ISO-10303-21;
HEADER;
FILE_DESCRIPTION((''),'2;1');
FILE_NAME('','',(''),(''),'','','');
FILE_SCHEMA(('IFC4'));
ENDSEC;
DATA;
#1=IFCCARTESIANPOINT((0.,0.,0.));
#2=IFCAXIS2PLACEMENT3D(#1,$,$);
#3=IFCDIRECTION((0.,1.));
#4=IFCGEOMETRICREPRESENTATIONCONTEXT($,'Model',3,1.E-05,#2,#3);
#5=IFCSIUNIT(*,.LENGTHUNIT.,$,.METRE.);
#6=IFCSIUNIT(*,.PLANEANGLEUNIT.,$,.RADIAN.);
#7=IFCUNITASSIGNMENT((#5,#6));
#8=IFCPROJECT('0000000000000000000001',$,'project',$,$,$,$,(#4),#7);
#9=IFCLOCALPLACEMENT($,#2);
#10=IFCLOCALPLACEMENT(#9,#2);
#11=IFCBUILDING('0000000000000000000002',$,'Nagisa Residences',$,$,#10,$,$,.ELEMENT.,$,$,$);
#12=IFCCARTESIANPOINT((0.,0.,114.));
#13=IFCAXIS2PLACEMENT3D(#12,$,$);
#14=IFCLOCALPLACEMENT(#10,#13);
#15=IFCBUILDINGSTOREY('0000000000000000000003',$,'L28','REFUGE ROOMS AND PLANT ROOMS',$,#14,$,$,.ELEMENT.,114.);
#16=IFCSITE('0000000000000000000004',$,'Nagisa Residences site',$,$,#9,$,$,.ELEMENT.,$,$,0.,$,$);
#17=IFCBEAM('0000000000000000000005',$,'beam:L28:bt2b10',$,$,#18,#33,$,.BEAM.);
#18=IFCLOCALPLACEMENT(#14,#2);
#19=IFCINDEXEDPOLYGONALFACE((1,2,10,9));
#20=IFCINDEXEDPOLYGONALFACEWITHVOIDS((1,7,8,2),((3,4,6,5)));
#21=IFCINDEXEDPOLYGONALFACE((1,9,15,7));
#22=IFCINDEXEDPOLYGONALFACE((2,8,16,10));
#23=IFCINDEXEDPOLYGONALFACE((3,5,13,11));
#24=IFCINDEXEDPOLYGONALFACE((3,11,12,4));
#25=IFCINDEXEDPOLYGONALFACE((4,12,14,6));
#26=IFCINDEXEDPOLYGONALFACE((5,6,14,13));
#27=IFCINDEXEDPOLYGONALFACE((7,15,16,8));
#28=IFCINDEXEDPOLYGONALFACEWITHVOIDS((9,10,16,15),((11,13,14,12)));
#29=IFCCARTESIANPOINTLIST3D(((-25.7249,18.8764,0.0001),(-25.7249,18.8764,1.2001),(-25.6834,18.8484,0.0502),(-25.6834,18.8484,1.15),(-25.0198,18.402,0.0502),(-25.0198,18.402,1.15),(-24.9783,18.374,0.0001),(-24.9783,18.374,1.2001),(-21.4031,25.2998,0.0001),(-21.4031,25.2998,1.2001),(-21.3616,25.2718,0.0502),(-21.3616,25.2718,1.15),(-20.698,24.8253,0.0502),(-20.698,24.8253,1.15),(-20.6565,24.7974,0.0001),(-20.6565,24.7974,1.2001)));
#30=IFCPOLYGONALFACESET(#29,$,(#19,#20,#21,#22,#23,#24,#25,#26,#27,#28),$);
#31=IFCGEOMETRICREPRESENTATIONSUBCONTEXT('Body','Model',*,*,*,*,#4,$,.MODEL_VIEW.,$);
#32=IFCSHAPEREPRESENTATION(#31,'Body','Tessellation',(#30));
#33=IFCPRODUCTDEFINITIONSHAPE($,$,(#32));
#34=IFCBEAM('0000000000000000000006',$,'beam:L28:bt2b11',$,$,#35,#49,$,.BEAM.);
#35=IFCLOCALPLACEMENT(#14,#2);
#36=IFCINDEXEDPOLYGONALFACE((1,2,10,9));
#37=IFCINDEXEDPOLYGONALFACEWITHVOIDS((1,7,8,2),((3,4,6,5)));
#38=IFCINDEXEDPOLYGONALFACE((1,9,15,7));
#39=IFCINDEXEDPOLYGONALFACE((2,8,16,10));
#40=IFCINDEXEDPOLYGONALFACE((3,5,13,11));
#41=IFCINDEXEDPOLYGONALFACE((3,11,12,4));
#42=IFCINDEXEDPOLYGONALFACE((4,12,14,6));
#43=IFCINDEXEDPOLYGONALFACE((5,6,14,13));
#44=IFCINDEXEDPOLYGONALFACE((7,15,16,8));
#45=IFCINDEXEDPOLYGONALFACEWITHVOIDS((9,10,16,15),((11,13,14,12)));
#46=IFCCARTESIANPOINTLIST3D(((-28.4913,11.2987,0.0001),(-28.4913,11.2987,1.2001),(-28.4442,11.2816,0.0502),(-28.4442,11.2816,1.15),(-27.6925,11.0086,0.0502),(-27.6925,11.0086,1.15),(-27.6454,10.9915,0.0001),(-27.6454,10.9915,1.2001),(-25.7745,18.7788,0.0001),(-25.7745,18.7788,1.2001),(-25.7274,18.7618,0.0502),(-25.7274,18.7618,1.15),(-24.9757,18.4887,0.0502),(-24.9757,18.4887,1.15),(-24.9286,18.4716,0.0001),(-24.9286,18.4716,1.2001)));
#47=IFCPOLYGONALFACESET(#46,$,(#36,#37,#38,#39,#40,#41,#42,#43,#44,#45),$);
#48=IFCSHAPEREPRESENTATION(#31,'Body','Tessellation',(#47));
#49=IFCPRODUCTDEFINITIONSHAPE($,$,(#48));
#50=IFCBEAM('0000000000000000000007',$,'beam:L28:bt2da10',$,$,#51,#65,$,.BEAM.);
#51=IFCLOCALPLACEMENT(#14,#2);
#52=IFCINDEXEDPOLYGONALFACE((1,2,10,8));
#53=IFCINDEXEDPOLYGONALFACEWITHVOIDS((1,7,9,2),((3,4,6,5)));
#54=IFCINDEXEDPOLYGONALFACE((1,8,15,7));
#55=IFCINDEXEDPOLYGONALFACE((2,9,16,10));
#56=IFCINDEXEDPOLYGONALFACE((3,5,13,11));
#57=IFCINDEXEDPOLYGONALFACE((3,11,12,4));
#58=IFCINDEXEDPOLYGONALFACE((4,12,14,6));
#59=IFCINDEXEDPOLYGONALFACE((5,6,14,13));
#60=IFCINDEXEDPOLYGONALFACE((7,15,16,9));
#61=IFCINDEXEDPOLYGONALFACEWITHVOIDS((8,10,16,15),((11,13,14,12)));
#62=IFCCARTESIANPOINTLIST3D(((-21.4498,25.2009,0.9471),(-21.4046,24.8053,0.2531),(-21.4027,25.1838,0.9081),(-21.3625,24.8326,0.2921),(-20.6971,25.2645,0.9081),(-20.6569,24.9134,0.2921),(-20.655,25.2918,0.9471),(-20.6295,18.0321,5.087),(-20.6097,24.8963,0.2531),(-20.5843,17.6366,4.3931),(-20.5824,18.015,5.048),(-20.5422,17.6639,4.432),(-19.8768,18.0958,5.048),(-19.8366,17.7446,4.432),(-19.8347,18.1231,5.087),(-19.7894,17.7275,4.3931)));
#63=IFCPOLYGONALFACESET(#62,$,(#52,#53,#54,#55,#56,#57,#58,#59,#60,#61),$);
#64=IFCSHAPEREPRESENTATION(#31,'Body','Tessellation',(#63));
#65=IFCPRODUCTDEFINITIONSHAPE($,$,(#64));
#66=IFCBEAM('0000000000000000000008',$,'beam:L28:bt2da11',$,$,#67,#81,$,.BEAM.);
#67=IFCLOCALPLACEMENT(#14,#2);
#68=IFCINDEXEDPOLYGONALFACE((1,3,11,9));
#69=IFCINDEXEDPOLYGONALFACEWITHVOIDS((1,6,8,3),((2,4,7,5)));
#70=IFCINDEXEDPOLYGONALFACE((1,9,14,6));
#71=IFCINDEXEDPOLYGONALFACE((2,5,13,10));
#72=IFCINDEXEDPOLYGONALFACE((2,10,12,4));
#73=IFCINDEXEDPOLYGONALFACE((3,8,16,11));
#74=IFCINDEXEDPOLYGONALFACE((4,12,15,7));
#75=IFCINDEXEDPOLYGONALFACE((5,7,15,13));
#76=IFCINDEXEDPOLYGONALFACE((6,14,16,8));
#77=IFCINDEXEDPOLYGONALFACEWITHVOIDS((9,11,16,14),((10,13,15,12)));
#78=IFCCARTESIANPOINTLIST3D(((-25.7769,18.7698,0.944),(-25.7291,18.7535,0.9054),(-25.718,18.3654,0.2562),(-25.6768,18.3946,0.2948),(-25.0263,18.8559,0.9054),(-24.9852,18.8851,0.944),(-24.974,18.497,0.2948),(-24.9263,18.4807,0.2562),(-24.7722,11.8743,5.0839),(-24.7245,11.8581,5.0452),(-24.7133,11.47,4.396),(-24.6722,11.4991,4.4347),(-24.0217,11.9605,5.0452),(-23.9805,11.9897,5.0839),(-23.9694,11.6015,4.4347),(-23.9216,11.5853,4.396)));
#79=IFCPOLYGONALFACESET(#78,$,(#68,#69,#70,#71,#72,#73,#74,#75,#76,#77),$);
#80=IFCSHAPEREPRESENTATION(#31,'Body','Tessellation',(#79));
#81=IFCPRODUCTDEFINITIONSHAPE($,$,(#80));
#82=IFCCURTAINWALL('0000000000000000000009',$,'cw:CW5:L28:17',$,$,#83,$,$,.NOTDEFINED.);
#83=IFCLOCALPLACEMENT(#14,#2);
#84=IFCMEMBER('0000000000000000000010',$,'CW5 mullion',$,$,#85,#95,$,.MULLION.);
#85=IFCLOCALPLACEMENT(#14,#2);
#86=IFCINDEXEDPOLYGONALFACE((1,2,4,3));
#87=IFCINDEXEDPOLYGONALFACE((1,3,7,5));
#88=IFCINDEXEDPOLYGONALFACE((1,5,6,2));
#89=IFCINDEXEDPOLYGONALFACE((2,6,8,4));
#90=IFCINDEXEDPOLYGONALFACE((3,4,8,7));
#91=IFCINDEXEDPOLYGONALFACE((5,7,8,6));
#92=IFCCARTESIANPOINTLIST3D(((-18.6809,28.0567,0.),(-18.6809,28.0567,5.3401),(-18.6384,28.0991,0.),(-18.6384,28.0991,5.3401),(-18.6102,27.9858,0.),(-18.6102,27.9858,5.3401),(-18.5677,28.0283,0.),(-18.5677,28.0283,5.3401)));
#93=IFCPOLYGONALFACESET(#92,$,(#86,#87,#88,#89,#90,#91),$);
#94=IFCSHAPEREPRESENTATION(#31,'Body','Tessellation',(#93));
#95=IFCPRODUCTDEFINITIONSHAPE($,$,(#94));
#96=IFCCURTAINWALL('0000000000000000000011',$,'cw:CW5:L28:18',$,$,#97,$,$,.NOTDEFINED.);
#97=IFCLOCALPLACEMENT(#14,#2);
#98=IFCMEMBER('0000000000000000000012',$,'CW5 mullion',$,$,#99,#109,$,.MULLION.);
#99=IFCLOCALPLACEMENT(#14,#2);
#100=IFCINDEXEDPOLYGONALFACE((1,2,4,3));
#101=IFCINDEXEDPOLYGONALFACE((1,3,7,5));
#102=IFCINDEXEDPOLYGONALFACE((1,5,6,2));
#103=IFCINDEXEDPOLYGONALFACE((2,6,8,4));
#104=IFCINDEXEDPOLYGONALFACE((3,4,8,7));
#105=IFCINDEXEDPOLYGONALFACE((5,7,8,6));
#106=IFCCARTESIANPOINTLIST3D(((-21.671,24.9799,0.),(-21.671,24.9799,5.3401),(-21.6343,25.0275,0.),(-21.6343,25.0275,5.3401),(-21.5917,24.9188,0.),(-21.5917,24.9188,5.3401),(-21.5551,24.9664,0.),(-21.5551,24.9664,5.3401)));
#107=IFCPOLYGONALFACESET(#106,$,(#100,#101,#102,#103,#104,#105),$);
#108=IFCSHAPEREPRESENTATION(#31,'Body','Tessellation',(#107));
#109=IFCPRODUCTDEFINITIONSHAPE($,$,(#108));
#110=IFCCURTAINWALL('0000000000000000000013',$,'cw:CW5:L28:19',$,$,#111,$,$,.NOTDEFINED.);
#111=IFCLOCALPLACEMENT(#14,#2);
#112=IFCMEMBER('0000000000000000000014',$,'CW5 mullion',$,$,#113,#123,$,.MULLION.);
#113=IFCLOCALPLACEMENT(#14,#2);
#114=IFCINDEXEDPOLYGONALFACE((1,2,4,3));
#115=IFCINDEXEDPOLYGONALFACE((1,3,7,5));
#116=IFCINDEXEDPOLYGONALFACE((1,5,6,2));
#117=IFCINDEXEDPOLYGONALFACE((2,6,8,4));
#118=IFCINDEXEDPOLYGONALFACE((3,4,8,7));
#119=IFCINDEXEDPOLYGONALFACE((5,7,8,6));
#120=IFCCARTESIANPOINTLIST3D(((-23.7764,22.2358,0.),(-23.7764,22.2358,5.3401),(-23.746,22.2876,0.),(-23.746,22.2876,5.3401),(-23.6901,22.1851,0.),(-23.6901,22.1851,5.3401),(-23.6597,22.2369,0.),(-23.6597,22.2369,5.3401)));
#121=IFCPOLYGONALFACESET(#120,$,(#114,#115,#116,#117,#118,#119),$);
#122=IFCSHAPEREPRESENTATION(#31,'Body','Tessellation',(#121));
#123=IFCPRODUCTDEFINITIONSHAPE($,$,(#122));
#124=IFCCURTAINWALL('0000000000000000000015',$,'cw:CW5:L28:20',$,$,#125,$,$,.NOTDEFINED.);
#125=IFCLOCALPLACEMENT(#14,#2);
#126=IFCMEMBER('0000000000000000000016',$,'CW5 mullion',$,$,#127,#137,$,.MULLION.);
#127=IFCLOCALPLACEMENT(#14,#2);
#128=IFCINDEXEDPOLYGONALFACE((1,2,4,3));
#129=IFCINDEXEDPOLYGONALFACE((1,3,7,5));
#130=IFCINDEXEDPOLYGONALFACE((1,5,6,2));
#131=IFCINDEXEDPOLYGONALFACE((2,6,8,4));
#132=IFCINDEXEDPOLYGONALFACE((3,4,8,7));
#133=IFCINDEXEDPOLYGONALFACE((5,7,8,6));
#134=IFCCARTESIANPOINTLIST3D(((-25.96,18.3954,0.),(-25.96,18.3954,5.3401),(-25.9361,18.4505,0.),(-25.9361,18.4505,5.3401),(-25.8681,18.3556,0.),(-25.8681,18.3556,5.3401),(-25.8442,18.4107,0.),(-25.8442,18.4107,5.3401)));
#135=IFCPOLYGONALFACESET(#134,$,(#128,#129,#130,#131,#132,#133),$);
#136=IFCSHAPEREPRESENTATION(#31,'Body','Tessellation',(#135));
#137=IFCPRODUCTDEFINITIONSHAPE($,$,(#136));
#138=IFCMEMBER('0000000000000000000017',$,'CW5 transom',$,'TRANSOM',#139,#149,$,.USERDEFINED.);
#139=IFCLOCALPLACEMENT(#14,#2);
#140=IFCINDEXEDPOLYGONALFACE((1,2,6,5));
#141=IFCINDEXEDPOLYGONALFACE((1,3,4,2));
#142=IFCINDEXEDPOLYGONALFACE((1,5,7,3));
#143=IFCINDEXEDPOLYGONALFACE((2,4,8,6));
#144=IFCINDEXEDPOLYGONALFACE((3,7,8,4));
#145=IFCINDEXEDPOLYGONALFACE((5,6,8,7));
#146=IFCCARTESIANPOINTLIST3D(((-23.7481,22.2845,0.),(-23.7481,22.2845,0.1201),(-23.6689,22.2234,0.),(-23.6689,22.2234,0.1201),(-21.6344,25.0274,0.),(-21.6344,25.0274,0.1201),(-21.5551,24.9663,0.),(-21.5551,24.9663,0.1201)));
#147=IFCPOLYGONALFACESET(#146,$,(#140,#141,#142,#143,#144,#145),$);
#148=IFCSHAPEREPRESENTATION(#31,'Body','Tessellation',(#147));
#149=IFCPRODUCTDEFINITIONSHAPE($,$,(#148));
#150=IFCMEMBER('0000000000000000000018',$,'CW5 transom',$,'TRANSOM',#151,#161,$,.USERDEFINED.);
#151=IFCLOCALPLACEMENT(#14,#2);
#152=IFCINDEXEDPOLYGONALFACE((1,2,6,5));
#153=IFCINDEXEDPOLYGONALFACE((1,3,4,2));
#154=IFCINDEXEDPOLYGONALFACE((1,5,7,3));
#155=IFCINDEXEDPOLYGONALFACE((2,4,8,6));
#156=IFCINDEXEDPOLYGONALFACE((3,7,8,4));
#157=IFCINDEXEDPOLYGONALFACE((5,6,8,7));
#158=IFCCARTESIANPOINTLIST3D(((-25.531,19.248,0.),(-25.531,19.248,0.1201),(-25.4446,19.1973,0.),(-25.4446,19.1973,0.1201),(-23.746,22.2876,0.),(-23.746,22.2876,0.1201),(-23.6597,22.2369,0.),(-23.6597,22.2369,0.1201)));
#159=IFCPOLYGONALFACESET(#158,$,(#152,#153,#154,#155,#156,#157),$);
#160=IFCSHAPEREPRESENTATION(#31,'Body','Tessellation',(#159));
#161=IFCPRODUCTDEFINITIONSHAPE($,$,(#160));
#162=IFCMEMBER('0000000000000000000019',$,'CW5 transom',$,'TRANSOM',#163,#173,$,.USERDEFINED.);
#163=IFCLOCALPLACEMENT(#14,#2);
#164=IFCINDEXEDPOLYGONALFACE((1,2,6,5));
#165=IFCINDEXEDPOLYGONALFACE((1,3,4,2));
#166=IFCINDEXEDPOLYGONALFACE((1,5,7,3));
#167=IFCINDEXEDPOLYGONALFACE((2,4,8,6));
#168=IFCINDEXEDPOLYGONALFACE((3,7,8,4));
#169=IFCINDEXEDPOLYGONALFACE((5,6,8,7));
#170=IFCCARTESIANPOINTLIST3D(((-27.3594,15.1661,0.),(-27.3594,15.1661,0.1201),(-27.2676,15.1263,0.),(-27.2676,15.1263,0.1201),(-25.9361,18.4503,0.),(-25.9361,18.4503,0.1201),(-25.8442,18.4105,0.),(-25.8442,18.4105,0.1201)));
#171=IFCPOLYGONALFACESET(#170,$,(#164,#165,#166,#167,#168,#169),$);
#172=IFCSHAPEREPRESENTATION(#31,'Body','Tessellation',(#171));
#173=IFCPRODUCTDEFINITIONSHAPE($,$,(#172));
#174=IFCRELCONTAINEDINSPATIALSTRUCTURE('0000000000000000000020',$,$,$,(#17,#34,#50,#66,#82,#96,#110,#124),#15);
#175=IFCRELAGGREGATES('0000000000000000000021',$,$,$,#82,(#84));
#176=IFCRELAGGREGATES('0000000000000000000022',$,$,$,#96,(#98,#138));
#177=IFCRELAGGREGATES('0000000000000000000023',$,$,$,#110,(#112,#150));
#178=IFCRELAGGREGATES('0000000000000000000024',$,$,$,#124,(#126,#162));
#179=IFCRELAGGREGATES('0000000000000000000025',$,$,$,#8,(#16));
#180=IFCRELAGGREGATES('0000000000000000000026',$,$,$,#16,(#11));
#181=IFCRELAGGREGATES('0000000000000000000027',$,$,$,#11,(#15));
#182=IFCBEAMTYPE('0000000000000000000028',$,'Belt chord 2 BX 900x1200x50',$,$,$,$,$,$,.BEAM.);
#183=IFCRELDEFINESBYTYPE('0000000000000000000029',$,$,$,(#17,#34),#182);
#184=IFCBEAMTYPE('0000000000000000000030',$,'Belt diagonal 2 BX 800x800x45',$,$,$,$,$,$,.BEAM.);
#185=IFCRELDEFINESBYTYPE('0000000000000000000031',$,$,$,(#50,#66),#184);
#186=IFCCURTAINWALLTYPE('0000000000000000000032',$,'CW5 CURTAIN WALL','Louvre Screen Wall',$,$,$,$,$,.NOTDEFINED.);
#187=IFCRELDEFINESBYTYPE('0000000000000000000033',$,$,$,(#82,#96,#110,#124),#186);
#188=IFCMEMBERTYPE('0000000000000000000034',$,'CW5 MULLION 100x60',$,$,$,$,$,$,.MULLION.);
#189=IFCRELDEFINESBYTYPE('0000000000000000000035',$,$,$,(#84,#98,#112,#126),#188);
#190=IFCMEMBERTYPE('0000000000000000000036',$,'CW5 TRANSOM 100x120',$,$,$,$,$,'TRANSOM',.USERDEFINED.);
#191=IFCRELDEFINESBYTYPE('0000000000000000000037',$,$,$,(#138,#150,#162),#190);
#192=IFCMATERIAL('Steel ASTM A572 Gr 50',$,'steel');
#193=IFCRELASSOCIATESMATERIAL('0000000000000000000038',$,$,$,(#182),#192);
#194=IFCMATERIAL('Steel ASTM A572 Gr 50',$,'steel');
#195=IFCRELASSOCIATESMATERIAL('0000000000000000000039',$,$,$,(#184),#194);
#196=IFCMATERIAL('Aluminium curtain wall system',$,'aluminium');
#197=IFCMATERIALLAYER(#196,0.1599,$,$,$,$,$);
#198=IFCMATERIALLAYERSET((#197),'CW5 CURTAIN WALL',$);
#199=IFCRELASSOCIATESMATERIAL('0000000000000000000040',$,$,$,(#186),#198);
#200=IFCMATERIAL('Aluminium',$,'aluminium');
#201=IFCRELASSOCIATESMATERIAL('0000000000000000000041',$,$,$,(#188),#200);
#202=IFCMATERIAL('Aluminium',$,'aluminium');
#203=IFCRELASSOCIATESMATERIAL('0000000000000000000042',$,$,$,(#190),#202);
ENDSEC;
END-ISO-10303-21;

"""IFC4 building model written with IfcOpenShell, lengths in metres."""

from ifc_helpers import new_model, si_unit, direction, frame, origin, origin_2d, place, context, subcontext, project, spatial, rectangle, hollow_rectangle, extrude, material, layer, layer_set, material_profile, profile_set, type_object, element, aggregate, save


model = new_model("IFC4")

# Units and contexts
model_context = context("Model", 3, precision=1e-05, world=origin(), true_north=direction((0.0, 1.0)))
body_context = subcontext(model_context, "Body", "Model", "MODEL_VIEW")
ifc_project = project(units=[si_unit("LENGTHUNIT", "METRE"), si_unit("PLANEANGLEUNIT", "RADIAN")], contexts=[model_context])

# Site, building, storey
site_placement = place(None, origin())
site = spatial("IfcSite", under=ifc_project, at=site_placement, Name="Nagisa Residences site", CompositionType="ELEMENT", RefElevation=0.0)
building_placement = place(site_placement, origin())
building = spatial("IfcBuilding", under=site, at=building_placement, Name="Nagisa Residences", CompositionType="ELEMENT")
storey_placement = place(building_placement, frame((0.0, 0.0, 114.0)))
storey = spatial("IfcBuildingStorey", under=building, at=storey_placement, Name="L28", Description="REFUGE ROOMS AND PLANT ROOMS", CompositionType="ELEMENT", Elevation=114.0)

# Beams
ifc_material_1 = material(Name="Steel ASTM A572 Gr 50", Category="steel")
ifc_material_profile_1 = material_profile(ifc_material_1, hollow_rectangle(XDim=0.8999, YDim=1.2, WallThickness=0.05, at=origin_2d()), Name="BX 900x1200x50")
ifc_profile_set_1 = profile_set([ifc_material_profile_1], Name="Steel ASTM A572 Gr 50")
beam_type_1 = type_object("IfcBeamType", Name="Belt chord 2 BX 900x1200x50", PredefinedType="BEAM", material=ifc_profile_set_1)
beam_1_placement = place(storey_placement, frame((-21.0298, 25.0486, 0.6001), z_axis=(-0.558232, -0.829685, 0.0), x_axis=(0.829685, -0.558232, 0.0)))
element("IfcBeam", 1, at=beam_1_placement, inside=storey, type_object=beam_type_1, Name="beam:L28:bt2b10", PredefinedType="BEAM", context=body_context, shape_type="SweptSolid", body=[
    extrude(hollow_rectangle(XDim=0.8999, YDim=1.2, WallThickness=0.05, at=origin_2d()), origin(), (0.0, 0.0, 1.0), 7.7419),
])
beam_2_placement = place(storey_placement, frame((-25.3516, 18.6252, 0.6001), z_axis=(-0.341378, -0.939926, 0.0), x_axis=(0.939926, -0.341378, 0.0)))
element("IfcBeam", 2, at=beam_2_placement, inside=storey, type_object=beam_type_1, Name="beam:L28:bt2b11", PredefinedType="BEAM", context=body_context, shape_type="SweptSolid", body=[
    extrude(hollow_rectangle(XDim=0.8999, YDim=1.2, WallThickness=0.05, at=origin_2d()), origin(), (0.0, 0.0, 1.0), 7.9583),
])
ifc_material_2 = material(Name="Steel ASTM A572 Gr 50", Category="steel")
ifc_material_profile_2 = material_profile(ifc_material_2, hollow_rectangle(XDim=0.8, YDim=0.8, WallThickness=0.0449, at=origin_2d()), Name="BX 800x800x45")
ifc_profile_set_2 = profile_set([ifc_material_profile_2], Name="Steel ASTM A572 Gr 50")
beam_type_2 = type_object("IfcBeamType", Name="Belt diagonal 2 BX 800x800x45", PredefinedType="BEAM", material=ifc_profile_set_2)
beam_3_placement = place(storey_placement, frame((-21.0298, 25.0486, 0.6001), z_axis=(0.09861, -0.86175, 0.497657), x_axis=(0.993517, 0.113688, 0.0)))
element("IfcBeam", 3, at=beam_3_placement, inside=storey, type_object=beam_type_2, Name="beam:L28:bt2da10", PredefinedType="BEAM", context=body_context, shape_type="SweptSolid", body=[
    extrude(hollow_rectangle(XDim=0.8, YDim=0.8, WallThickness=0.0449, at=origin_2d()), origin(), (0.0, 0.0, 1.0), 8.3188),
])
beam_4_placement = place(storey_placement, frame((-25.3516, 18.6252, 0.6001), z_axis=(0.123948, -0.85074, 0.510763), x_axis=(0.989553, 0.144173, 0.0)))
element("IfcBeam", 4, at=beam_4_placement, inside=storey, type_object=beam_type_2, Name="beam:L28:bt2da11", PredefinedType="BEAM", context=body_context, shape_type="SweptSolid", body=[
    extrude(hollow_rectangle(XDim=0.8, YDim=0.8, WallThickness=0.0449, at=origin_2d()), origin(), (0.0, 0.0, 1.0), 8.1052),
])

# Curtain walls, members
ifc_material_3 = material(Name="Aluminium curtain wall system", Category="aluminium")
ifc_layer_1 = layer(ifc_material_3, 0.1599)
ifc_layer_set_1 = layer_set([ifc_layer_1], Name="CW5 CURTAIN WALL")
curtain_wall_type = type_object("IfcCurtainWallType", Name="CW5 CURTAIN WALL", Description="Louvre Screen Wall", PredefinedType="NOTDEFINED", material=ifc_layer_set_1)
curtain_wall_1_placement = place(storey_placement, origin())
curtain_wall_1 = element("IfcCurtainWall", 5, at=curtain_wall_1_placement, inside=storey, type_object=curtain_wall_type, Name="cw:CW5:L28:17", PredefinedType="NOTDEFINED")
ifc_material_4 = material(Name="Aluminium", Category="aluminium")
ifc_material_profile_3 = material_profile(ifc_material_4, rectangle(XDim=0.1001, YDim=0.0601, at=origin_2d()), Name="CW5 MULLION 100x60")
ifc_profile_set_3 = profile_set([ifc_material_profile_3], Name="Aluminium")
member_type_1 = type_object("IfcMemberType", Name="CW5 MULLION 100x60", PredefinedType="MULLION", material=ifc_profile_set_3)
member_1_placement = place(storey_placement, frame((-18.6243, 28.0425, 0.0), z_axis=(0.0, 0.0, 1.0), x_axis=(0.706377, -0.707836, 0.0)))
member_1 = element("IfcMember", 6, at=member_1_placement, type_object=member_type_1, Name="CW5 mullion", PredefinedType="MULLION", context=body_context, shape_type="SweptSolid", body=[
    extrude(rectangle(XDim=0.1001, YDim=0.0601, at=origin_2d()), origin(), (0.0, 0.0, 1.0), 5.3401),
])
curtain_wall_2_placement = place(storey_placement, origin())
curtain_wall_2 = element("IfcCurtainWall", 7, at=curtain_wall_2_placement, inside=storey, type_object=curtain_wall_type, Name="cw:CW5:L28:18", PredefinedType="NOTDEFINED")
member_2_placement = place(storey_placement, frame((-21.613, 24.9731, 0.0), z_axis=(0.0, 0.0, 1.0), x_axis=(0.79207, -0.61043, 0.0)))
member_2 = element("IfcMember", 8, at=member_2_placement, type_object=member_type_1, Name="CW5 mullion", PredefinedType="MULLION", context=body_context, shape_type="SweptSolid", body=[
    extrude(rectangle(XDim=0.1001, YDim=0.0601, at=origin_2d()), origin(), (0.0, 0.0, 1.0), 5.3401),
])
curtain_wall_3_placement = place(storey_placement, origin())
curtain_wall_3 = element("IfcCurtainWall", 9, at=curtain_wall_3_placement, inside=storey, type_object=curtain_wall_type, Name="cw:CW5:L28:19", PredefinedType="NOTDEFINED")
member_3_placement = place(storey_placement, frame((-23.718, 22.2363, 0.0), z_axis=(0.0, 0.0, 1.0), x_axis=(0.862329, -0.506349, 0.0)))
member_3 = element("IfcMember", 10, at=member_3_placement, type_object=member_type_1, Name="CW5 mullion", PredefinedType="MULLION", context=body_context, shape_type="SweptSolid", body=[
    extrude(rectangle(XDim=0.1001, YDim=0.0601, at=origin_2d()), origin(), (0.0, 0.0, 1.0), 5.3401),
])
curtain_wall_4_placement = place(storey_placement, origin())
curtain_wall_4 = element("IfcCurtainWall", 11, at=curtain_wall_4_placement, inside=storey, type_object=curtain_wall_type, Name="cw:CW5:L28:20", PredefinedType="NOTDEFINED")
member_4_placement = place(storey_placement, frame((-25.9021, 18.4031, 0.0), z_axis=(0.0, 0.0, 1.0), x_axis=(0.917543, -0.397636, 0.0)))
member_4 = element("IfcMember", 12, at=member_4_placement, type_object=member_type_1, Name="CW5 mullion", PredefinedType="MULLION", context=body_context, shape_type="SweptSolid", body=[
    extrude(rectangle(XDim=0.1001, YDim=0.0601, at=origin_2d()), origin(), (0.0, 0.0, 1.0), 5.3401),
])

# Members
ifc_material_5 = material(Name="Aluminium", Category="aluminium")
ifc_material_profile_4 = material_profile(ifc_material_5, rectangle(XDim=0.1001, YDim=0.1201, at=origin_2d()), Name="CW5 TRANSOM 100x120")
ifc_profile_set_4 = profile_set([ifc_material_profile_4], Name="Aluminium")
member_type_2 = type_object("IfcMemberType", Name="CW5 TRANSOM 100x120", ElementType="TRANSOM", PredefinedType="USERDEFINED", material=ifc_profile_set_4)
member_5_placement = place(storey_placement, frame((-21.5947, 24.9968, 0.0601), z_axis=(-0.610406, -0.792089, 0.0), x_axis=(0.792089, -0.610406, 0.0)))
member_5 = element("IfcMember", 13, at=member_5_placement, type_object=member_type_2, Name="CW5 transom", ObjectType="TRANSOM", PredefinedType="USERDEFINED", context=body_context, shape_type="SweptSolid", body=[
    extrude(rectangle(XDim=0.1001, YDim=0.1201, at=origin_2d()), origin(), (0.0, 0.0, 1.0), 3.4629),
])
member_6_placement = place(storey_placement, frame((-23.7029, 22.2622, 0.0601), z_axis=(-0.506375, -0.862313, 0.0), x_axis=(0.862313, -0.506375, 0.0)))
member_6 = element("IfcMember", 14, at=member_6_placement, type_object=member_type_2, Name="CW5 transom", ObjectType="TRANSOM", PredefinedType="USERDEFINED", context=body_context, shape_type="SweptSolid", body=[
    extrude(rectangle(XDim=0.1001, YDim=0.1201, at=origin_2d()), origin(), (0.0, 0.0, 1.0), 3.5249),
])
member_7_placement = place(storey_placement, frame((-25.8901, 18.4304, 0.0601), z_axis=(-0.397653, -0.917536, 0.0), x_axis=(0.917536, -0.397653, 0.0)))
member_7 = element("IfcMember", 15, at=member_7_placement, type_object=member_type_2, Name="CW5 transom", ObjectType="TRANSOM", PredefinedType="USERDEFINED", context=body_context, shape_type="SweptSolid", body=[
    extrude(rectangle(XDim=0.1001, YDim=0.1201, at=origin_2d()), origin(), (0.0, 0.0, 1.0), 3.5793),
])

aggregate(curtain_wall_1, [member_1])
aggregate(curtain_wall_2, [member_2, member_5])
aggregate(curtain_wall_3, [member_3, member_6])
aggregate(curtain_wall_4, [member_4, member_7])

save(model, "model.ifc")
